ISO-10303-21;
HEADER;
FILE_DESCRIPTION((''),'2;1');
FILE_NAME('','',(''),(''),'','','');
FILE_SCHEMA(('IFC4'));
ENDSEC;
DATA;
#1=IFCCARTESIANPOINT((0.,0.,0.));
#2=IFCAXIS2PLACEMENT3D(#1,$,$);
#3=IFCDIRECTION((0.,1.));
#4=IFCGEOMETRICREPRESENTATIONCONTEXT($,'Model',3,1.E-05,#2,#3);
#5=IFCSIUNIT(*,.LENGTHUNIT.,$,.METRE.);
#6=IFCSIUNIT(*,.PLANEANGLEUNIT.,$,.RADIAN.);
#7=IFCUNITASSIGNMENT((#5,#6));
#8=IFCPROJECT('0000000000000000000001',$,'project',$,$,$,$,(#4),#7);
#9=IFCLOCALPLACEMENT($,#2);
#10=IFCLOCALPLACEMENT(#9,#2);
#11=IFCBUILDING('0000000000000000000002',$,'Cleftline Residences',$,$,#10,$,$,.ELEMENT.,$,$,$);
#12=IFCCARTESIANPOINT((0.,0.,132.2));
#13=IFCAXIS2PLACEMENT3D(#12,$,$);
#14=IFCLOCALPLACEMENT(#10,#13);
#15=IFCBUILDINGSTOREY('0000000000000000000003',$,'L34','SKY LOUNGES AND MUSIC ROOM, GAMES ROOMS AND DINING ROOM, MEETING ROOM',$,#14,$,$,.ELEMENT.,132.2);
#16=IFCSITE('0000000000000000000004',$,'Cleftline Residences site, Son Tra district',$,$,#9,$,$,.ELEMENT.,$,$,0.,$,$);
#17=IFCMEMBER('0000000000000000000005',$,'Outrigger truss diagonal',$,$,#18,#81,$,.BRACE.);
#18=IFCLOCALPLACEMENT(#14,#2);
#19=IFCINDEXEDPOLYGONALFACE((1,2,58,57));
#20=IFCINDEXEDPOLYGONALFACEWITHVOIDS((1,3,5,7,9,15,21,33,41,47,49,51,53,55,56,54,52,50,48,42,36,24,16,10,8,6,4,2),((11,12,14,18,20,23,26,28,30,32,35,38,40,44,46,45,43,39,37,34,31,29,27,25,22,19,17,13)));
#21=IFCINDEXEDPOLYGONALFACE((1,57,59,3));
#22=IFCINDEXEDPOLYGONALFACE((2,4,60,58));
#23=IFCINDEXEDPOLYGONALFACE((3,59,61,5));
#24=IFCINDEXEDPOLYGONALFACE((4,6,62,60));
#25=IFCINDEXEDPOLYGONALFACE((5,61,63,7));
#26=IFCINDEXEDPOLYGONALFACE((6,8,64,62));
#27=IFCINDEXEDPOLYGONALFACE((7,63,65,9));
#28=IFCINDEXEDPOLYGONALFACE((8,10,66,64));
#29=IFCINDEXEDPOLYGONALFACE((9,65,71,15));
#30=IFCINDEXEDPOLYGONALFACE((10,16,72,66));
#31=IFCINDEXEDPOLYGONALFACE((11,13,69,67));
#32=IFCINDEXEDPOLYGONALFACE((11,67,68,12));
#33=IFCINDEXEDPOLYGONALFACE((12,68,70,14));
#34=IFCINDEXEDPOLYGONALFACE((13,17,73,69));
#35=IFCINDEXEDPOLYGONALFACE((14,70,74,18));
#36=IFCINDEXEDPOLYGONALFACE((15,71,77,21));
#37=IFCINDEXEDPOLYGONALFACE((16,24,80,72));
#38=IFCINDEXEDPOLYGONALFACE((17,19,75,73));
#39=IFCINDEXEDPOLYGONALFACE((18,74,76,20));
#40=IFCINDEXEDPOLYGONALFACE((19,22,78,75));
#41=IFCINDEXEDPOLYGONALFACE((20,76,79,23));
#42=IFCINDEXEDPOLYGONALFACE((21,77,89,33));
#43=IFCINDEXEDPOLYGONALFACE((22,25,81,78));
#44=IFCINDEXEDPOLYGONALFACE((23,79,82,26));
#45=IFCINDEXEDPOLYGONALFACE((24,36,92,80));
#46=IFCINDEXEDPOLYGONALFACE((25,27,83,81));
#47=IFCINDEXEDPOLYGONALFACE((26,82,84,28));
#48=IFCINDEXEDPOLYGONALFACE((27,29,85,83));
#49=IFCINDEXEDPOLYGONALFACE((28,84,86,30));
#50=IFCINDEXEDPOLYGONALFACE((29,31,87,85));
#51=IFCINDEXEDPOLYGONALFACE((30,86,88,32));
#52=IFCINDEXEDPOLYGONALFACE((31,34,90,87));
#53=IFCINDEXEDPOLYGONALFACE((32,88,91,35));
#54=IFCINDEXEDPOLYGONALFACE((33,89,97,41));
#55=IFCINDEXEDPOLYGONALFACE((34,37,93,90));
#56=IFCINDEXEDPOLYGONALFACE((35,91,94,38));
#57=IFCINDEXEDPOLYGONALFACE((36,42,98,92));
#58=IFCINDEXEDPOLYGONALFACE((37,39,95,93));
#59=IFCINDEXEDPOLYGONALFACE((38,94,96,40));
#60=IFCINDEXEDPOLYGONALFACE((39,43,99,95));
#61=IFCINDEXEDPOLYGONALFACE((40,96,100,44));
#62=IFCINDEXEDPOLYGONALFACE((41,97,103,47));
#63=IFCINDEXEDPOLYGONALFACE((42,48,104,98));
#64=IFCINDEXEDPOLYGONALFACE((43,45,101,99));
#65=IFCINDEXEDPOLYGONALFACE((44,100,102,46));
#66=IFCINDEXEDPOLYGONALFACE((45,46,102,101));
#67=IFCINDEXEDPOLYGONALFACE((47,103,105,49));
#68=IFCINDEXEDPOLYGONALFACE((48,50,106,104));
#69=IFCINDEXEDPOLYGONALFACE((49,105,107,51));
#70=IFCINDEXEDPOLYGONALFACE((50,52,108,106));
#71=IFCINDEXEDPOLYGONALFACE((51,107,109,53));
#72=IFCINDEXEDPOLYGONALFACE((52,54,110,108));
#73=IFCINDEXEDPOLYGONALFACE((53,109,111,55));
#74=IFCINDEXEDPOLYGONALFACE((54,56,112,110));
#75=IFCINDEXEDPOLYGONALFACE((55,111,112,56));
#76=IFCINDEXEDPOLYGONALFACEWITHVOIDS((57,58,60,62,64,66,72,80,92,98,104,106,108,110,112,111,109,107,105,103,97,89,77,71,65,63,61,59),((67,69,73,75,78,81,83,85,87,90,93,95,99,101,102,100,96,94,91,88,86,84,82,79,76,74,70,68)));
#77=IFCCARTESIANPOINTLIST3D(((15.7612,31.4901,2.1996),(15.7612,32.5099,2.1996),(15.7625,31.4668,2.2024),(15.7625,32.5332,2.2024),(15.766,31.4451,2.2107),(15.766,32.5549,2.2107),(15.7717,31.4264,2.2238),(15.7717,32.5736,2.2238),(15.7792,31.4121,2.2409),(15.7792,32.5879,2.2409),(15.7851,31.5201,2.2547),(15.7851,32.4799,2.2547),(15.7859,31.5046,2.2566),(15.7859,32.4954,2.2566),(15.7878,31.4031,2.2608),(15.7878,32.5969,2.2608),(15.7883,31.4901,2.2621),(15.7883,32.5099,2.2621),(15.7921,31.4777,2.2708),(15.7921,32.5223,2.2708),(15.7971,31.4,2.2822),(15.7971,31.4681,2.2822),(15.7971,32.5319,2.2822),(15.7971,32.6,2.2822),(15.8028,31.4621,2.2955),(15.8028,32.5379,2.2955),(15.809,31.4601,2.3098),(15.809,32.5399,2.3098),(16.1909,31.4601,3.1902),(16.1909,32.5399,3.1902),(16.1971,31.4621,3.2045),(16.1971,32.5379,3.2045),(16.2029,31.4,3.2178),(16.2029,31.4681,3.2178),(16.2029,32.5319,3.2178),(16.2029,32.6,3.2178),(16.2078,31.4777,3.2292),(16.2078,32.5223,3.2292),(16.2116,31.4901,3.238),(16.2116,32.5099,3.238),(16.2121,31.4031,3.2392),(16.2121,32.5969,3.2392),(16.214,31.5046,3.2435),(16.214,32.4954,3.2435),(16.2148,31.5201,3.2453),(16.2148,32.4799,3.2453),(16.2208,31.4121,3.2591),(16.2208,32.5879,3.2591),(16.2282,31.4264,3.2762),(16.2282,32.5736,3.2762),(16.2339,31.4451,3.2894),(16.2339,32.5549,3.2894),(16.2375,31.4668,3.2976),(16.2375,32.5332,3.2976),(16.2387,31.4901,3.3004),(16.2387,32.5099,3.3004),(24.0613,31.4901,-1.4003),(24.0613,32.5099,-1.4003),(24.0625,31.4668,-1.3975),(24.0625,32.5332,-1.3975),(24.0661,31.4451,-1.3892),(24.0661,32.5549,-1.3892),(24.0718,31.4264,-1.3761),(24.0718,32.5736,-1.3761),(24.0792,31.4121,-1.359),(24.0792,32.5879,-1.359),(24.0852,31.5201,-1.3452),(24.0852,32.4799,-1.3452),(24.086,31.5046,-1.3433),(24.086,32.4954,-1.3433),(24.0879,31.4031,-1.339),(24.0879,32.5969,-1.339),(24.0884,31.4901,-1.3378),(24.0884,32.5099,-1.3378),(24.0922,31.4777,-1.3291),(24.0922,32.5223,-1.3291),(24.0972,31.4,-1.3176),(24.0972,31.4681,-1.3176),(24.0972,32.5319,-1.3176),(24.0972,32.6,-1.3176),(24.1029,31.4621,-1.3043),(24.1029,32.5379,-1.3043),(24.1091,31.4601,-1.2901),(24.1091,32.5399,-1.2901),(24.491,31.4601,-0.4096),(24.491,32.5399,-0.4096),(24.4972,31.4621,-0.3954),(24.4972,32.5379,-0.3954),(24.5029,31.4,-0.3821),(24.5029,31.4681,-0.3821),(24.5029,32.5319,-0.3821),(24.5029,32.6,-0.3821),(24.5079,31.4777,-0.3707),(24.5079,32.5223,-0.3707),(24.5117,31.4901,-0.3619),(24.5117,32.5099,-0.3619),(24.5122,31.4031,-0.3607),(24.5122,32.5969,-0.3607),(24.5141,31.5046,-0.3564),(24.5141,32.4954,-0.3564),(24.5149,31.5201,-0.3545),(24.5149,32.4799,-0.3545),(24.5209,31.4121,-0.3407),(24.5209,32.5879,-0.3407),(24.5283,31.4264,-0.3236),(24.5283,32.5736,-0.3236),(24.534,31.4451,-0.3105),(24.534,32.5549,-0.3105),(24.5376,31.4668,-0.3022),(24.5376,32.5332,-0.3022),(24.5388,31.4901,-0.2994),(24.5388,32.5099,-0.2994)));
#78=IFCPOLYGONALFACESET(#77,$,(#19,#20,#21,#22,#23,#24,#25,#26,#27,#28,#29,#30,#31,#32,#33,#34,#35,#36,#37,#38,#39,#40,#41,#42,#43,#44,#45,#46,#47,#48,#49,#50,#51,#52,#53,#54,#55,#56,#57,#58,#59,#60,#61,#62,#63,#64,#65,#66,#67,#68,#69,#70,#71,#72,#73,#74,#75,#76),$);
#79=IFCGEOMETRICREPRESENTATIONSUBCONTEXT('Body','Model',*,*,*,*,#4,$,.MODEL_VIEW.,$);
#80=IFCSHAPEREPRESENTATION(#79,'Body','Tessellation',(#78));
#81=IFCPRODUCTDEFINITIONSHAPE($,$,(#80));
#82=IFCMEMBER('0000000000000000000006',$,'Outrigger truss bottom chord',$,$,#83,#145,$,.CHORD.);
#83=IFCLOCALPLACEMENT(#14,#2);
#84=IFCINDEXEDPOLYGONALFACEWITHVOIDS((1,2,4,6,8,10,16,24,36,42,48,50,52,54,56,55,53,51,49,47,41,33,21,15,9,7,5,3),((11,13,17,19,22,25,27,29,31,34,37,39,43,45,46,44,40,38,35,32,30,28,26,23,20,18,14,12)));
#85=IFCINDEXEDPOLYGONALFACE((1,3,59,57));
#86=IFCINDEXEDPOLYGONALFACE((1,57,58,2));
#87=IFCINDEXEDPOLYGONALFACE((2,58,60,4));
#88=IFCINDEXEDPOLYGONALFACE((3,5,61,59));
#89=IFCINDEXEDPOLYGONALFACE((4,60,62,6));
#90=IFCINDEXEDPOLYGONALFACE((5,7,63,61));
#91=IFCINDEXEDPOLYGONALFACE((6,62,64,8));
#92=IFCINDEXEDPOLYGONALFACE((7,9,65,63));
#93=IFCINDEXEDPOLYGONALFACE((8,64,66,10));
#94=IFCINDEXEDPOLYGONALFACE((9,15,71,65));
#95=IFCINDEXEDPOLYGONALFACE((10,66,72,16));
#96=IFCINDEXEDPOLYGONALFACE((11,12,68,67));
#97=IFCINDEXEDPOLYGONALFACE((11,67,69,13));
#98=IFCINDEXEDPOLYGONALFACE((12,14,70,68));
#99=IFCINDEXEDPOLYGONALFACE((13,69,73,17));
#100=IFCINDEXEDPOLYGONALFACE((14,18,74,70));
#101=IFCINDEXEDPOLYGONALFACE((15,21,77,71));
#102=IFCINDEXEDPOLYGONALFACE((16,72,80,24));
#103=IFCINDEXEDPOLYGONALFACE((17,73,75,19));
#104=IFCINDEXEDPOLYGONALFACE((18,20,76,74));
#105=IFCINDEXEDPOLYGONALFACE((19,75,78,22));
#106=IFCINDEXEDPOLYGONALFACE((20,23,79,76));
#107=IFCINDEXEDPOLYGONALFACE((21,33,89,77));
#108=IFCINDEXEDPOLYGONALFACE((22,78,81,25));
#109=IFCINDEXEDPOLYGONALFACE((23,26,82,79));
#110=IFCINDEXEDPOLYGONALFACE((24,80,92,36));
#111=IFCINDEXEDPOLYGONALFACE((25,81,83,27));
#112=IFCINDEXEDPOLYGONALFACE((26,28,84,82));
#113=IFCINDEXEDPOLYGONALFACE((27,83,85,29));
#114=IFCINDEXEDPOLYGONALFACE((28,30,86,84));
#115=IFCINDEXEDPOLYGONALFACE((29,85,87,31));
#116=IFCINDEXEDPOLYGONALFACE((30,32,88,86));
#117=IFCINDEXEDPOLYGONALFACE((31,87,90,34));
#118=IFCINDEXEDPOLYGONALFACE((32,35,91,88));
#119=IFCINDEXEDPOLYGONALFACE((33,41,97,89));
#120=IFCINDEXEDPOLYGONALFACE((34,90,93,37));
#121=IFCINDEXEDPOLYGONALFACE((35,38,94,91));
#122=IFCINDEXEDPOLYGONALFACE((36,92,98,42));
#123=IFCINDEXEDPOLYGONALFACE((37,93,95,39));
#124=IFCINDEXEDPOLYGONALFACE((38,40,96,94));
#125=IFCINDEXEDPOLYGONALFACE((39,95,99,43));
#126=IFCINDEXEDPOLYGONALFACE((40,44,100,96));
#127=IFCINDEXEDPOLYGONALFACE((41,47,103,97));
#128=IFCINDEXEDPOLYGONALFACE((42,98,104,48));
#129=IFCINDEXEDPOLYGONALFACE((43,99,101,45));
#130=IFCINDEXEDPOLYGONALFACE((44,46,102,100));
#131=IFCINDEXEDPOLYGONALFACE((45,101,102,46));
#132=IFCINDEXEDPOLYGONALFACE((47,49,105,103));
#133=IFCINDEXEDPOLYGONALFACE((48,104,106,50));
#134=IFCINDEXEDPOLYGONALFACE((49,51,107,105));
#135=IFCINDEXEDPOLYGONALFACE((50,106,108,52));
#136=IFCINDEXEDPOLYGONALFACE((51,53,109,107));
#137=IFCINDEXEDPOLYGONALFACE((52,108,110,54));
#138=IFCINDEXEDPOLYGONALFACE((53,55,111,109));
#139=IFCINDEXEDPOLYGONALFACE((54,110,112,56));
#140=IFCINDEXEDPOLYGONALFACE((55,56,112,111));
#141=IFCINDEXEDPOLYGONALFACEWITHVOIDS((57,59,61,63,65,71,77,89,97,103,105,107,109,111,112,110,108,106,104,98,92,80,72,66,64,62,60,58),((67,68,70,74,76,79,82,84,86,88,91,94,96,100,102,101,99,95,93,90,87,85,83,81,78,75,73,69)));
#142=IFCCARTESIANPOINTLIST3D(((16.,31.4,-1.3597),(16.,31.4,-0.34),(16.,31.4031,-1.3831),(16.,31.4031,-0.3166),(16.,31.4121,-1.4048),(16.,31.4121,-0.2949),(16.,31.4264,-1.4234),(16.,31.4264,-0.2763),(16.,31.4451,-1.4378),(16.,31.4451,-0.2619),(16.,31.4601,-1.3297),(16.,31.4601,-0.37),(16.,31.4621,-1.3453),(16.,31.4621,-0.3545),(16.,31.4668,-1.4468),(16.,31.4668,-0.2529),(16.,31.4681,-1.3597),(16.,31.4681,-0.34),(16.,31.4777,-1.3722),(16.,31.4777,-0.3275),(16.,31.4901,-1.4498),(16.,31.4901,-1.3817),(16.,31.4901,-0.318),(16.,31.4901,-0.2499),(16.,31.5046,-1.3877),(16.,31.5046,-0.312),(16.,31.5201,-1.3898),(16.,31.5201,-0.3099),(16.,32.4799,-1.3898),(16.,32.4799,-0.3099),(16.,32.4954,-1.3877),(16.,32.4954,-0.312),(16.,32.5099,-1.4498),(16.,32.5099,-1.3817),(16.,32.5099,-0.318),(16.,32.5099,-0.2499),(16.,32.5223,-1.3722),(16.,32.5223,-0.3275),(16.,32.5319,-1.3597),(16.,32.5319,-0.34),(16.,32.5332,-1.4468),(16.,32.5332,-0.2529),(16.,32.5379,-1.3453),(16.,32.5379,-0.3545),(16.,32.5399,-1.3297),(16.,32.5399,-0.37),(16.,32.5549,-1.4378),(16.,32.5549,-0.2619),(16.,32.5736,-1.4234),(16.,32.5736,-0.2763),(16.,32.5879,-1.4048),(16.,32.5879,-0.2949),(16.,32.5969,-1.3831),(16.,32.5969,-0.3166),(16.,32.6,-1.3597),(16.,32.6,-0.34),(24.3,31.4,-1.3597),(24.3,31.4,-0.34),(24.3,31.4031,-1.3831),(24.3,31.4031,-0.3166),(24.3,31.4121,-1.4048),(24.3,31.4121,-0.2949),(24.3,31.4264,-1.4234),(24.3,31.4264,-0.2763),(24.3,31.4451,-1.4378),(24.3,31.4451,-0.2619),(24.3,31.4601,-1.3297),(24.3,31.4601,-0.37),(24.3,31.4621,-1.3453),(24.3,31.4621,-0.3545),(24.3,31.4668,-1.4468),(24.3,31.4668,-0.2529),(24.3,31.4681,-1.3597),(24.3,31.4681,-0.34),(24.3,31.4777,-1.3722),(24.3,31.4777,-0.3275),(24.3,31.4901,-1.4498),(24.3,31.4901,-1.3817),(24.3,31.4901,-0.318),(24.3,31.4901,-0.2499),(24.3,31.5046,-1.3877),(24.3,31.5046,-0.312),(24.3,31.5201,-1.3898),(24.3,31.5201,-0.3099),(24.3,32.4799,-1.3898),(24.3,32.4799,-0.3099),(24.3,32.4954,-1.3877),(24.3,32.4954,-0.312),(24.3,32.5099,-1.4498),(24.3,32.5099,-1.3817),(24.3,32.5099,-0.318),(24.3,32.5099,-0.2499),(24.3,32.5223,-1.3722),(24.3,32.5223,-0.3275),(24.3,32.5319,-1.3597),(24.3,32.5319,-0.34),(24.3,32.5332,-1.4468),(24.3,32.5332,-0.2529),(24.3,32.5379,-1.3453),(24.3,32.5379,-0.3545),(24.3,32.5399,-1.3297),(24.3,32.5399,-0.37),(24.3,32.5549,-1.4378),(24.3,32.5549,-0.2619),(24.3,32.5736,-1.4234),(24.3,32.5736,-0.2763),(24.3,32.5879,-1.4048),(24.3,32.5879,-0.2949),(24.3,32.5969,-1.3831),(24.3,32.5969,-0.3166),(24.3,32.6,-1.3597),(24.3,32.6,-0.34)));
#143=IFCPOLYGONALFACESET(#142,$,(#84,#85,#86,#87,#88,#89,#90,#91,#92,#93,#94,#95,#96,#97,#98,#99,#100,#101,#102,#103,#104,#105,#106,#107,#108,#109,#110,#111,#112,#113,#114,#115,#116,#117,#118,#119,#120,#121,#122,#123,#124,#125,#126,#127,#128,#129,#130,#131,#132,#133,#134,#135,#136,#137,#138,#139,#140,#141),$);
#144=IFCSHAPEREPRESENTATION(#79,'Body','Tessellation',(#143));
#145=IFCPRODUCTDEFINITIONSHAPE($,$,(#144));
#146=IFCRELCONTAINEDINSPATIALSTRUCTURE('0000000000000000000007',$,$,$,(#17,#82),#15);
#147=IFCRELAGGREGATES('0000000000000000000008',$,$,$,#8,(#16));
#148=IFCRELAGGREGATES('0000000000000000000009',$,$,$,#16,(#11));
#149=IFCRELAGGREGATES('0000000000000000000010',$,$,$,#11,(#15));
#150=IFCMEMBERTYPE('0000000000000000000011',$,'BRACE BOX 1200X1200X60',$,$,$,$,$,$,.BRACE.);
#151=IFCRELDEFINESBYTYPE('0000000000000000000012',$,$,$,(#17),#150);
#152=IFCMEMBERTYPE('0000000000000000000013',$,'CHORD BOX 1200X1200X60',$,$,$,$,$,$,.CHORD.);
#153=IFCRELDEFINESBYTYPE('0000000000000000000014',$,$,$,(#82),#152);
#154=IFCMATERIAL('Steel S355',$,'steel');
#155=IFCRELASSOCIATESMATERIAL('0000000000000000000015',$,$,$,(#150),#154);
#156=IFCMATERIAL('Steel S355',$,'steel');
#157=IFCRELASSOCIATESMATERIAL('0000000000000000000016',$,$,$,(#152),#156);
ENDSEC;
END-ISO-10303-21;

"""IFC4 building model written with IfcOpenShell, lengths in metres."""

from ifc_helpers import new_model, si_unit, direction, frame, origin, origin_2d, place, context, subcontext, project, spatial, hollow_rectangle, extrude, material, material_profile, profile_set, type_object, element, save


model = new_model("IFC4")

# Units and contexts
model_context = context("Model", 3, precision=1e-05, world=origin(), true_north=direction((0.0, 1.0)))
body_context = subcontext(model_context, "Body", "Model", "MODEL_VIEW")
ifc_project = project(units=[si_unit("LENGTHUNIT", "METRE"), si_unit("PLANEANGLEUNIT", "RADIAN")], contexts=[model_context])

# Site, building, storey
site_placement = place(None, origin())
site = spatial("IfcSite", under=ifc_project, at=site_placement, Name="Cleftline Residences site, Son Tra district", CompositionType="ELEMENT", RefElevation=0.0)
building_placement = place(site_placement, origin())
building = spatial("IfcBuilding", under=site, at=building_placement, Name="Cleftline Residences", CompositionType="ELEMENT")
storey_placement = place(building_placement, frame((0.0, 0.0, 132.2)))
storey = spatial("IfcBuildingStorey", under=building, at=storey_placement, Name="L34", Description="SKY LOUNGES AND MUSIC ROOM, GAMES ROOMS AND DINING ROOM, MEETING ROOM", CompositionType="ELEMENT", Elevation=132.2)

# Members
ifc_material_1 = material(Name="Steel S355", Category="steel")
ifc_material_profile_1 = material_profile(ifc_material_1, hollow_rectangle(XDim=1.2, YDim=1.2, WallThickness=0.0601, InnerFilletRadius=0.0601, OuterFilletRadius=0.0901, at=origin_2d()))
ifc_profile_set_1 = profile_set([ifc_material_profile_1], Name="Steel S355")
member_type_1 = type_object("IfcMemberType", Name="BRACE BOX 1200X1200X60", PredefinedType="BRACE", material=ifc_profile_set_1)
member_1_placement = place(storey_placement, frame((24.3, 32.0, -0.8499), z_axis=(-0.917428, 0.0, 0.397902), x_axis=(0.397902, 0.0, 0.917428)))
element("IfcMember", 1, at=member_1_placement, inside=storey, type_object=member_type_1, Name="Outrigger truss diagonal", PredefinedType="BRACE", context=body_context, shape_type="SweptSolid", body=[
    extrude(hollow_rectangle(XDim=1.2, YDim=1.2, WallThickness=0.0601, InnerFilletRadius=0.0601, OuterFilletRadius=0.0901, at=origin_2d()), origin(), (0.0, 0.0, 1.0), 9.0471),
])
ifc_material_2 = material(Name="Steel S355", Category="steel")
ifc_material_profile_2 = material_profile(ifc_material_2, hollow_rectangle(XDim=1.2, YDim=1.2, WallThickness=0.0601, InnerFilletRadius=0.0601, OuterFilletRadius=0.0901, at=origin_2d()))
ifc_profile_set_2 = profile_set([ifc_material_profile_2], Name="Steel S355")
member_type_2 = type_object("IfcMemberType", Name="CHORD BOX 1200X1200X60", PredefinedType="CHORD", material=ifc_profile_set_2)
for number, where, z_axis, x_axis, name in (
    (2, (24.3, 32.0, -0.8499), (-1.0, 0.0, 0.0), (0.0, -1.0, 0.0), "Outrigger truss bottom chord"),
):
    element("IfcMember", number, at=place(storey_placement, frame(where, z_axis=z_axis, x_axis=x_axis)), inside=storey, type_object=member_type_2, Name=name, PredefinedType="CHORD", context=body_context, shape_type="SweptSolid", body=[
        extrude(hollow_rectangle(XDim=1.2, YDim=1.2, WallThickness=0.0601, InnerFilletRadius=0.0601, OuterFilletRadius=0.0901, at=origin_2d()), origin(), (0.0, 0.0, 1.0), 8.3),
    ])

save(model, "model.ifc")
